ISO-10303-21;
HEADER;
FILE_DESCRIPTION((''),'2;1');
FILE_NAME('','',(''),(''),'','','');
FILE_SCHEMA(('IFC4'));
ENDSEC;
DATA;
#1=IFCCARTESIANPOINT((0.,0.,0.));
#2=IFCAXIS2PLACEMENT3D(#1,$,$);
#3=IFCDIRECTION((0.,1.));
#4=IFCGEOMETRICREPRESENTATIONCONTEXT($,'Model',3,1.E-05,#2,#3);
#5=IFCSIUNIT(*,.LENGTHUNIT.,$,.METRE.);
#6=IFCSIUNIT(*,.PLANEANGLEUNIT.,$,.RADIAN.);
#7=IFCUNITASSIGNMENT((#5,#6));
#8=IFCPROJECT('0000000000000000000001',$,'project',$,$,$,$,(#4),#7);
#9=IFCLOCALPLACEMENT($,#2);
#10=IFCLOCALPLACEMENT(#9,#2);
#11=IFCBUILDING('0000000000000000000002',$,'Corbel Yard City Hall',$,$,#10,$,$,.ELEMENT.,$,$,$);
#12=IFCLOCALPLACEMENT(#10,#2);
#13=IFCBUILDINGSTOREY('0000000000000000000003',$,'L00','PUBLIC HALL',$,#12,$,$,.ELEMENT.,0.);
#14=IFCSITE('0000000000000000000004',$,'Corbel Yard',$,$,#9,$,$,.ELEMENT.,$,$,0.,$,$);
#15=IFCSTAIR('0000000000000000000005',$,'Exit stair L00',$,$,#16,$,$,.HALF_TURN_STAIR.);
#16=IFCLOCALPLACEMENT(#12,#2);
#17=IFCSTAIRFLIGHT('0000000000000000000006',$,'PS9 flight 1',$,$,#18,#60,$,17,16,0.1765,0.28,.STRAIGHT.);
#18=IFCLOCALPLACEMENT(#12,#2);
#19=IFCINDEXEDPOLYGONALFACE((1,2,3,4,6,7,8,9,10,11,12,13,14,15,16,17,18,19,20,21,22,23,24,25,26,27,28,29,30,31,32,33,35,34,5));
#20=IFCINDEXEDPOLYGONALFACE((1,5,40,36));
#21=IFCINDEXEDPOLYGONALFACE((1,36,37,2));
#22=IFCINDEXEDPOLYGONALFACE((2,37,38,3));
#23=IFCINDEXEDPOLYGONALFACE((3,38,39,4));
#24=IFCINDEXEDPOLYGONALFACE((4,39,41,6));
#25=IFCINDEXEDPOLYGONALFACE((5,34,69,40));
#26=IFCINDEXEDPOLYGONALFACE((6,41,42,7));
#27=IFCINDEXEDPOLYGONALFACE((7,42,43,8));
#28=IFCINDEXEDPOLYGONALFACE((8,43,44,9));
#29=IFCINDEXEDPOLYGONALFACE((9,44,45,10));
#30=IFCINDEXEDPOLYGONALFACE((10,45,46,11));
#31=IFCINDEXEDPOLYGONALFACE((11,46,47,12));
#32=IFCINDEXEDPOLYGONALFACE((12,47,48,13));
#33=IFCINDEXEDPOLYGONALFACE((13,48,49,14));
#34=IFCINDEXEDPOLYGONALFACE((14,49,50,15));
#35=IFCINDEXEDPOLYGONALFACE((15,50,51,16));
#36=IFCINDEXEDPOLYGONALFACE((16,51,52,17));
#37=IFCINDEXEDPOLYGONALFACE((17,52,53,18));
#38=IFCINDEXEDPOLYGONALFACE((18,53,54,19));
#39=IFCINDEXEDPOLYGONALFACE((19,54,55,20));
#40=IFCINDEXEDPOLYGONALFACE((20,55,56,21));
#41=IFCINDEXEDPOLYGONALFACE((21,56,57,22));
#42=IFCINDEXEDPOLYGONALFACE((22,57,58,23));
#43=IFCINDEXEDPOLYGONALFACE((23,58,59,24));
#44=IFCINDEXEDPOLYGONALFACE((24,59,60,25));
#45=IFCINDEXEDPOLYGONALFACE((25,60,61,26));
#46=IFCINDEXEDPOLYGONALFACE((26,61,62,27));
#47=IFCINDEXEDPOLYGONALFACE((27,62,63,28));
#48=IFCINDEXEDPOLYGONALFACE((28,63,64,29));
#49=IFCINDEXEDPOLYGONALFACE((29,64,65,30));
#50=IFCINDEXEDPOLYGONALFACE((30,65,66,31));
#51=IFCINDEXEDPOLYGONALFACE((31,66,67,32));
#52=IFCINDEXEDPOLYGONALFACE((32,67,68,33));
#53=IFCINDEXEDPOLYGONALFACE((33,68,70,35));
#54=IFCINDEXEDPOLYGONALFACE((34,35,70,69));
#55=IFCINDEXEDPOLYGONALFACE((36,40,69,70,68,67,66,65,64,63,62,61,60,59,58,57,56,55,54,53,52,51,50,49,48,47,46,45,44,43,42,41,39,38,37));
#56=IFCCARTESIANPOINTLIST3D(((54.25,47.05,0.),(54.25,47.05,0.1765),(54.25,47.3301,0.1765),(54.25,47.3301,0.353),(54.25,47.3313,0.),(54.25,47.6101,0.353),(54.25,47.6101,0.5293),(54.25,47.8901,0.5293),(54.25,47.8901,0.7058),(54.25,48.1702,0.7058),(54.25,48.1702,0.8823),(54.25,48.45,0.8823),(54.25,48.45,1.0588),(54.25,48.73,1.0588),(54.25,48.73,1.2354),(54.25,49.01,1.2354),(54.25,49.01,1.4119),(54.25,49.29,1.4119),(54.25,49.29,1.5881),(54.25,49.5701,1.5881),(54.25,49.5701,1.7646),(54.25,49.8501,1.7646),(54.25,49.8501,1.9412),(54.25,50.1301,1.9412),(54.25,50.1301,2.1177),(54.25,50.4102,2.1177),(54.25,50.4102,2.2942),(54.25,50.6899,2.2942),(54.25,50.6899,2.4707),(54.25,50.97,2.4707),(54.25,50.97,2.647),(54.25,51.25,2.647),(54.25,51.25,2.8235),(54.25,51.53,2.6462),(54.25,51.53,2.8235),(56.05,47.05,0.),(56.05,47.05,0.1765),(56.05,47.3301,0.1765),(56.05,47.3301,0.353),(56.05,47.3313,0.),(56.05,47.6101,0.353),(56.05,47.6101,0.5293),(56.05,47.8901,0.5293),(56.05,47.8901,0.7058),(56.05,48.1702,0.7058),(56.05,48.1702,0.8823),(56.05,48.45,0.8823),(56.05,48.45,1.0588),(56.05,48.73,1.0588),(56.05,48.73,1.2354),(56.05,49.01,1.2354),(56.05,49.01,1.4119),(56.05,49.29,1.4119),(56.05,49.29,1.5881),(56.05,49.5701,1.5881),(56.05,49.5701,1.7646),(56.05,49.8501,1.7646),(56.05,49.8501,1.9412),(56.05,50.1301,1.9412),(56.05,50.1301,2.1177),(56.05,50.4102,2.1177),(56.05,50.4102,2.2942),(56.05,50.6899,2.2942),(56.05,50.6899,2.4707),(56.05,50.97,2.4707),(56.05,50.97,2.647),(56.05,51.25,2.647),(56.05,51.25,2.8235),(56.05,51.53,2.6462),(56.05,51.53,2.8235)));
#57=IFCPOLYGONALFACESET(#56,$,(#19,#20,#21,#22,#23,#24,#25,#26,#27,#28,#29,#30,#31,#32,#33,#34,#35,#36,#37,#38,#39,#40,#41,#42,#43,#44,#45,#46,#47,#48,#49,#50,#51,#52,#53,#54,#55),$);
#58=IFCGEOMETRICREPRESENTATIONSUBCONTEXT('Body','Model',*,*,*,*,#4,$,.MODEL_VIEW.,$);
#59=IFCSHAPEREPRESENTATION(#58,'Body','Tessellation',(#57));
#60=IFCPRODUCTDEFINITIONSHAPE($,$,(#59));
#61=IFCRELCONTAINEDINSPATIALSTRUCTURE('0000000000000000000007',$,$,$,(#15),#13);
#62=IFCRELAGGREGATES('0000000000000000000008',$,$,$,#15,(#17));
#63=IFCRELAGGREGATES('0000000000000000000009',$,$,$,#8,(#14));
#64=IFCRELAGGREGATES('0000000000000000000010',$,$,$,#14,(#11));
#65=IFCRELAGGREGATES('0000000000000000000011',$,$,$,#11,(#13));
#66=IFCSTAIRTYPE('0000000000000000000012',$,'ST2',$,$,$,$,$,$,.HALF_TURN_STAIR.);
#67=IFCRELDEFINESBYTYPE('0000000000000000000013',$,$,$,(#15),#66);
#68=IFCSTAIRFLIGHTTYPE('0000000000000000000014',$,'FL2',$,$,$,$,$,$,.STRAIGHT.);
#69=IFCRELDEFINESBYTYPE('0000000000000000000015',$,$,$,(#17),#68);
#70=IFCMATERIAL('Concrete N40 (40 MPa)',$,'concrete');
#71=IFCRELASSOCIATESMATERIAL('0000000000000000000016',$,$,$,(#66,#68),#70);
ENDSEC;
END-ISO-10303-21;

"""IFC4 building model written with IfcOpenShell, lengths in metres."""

from ifc_helpers import new_model, si_unit, direction, frame, origin, place, context, subcontext, project, spatial, polyline, outline, extrude, material, type_object, element, aggregate, save


model = new_model("IFC4")

# Units and contexts
model_context = context("Model", 3, precision=1e-05, world=origin(), true_north=direction((0.0, 1.0)))
body_context = subcontext(model_context, "Body", "Model", "MODEL_VIEW")
ifc_project = project(units=[si_unit("LENGTHUNIT", "METRE"), si_unit("PLANEANGLEUNIT", "RADIAN")], contexts=[model_context])

# Site, building, storey
site_placement = place(None, origin())
site = spatial("IfcSite", under=ifc_project, at=site_placement, Name="Corbel Yard", CompositionType="ELEMENT", RefElevation=0.0)
building_placement = place(site_placement, origin())
building = spatial("IfcBuilding", under=site, at=building_placement, Name="Corbel Yard City Hall", CompositionType="ELEMENT")
storey_placement = place(building_placement, origin())
storey = spatial("IfcBuildingStorey", under=building, at=storey_placement, Name="L00", Description="PUBLIC HALL", CompositionType="ELEMENT", Elevation=0.0)

# Shared definitions
ifc_material_1 = material(Name="Concrete N40 (40 MPa)", Category="concrete")

# Stair, stair flight
stair_type = type_object("IfcStairType", Name="ST2", PredefinedType="HALF_TURN_STAIR", material=ifc_material_1)
stair_placement = place(storey_placement, origin())
stair = element("IfcStair", 1, at=stair_placement, inside=storey, type_object=stair_type, Name="Exit stair L00", PredefinedType="HALF_TURN_STAIR")
stair_flight_type = type_object("IfcStairFlightType", Name="FL2", PredefinedType="STRAIGHT", material=ifc_material_1)
stair_flight_placement = place(storey_placement, frame((55.1499, 47.05, 0.0), z_axis=(0.0, 0.0, 1.0), x_axis=(0.0, 1.0, 0.0)))
stair_flight = element("IfcStairFlight", 2, at=stair_flight_placement, type_object=stair_flight_type, Name="PS9 flight 1", NumberOfRisers=17, NumberOfTreads=16, PredefinedType="STRAIGHT", RiserHeight=0.1765, TreadLength=0.28, context=body_context, shape_type="SweptSolid", body=[
    extrude(outline(polyline([(0.0, 0.0), (0.0, 0.1765), (0.28, 0.1765), (0.28, 0.353), (0.5601, 0.353), (0.5601, 0.5293), (0.8401, 0.5293), (0.8401, 0.7058), (1.1201, 0.7058), (1.1201, 0.8823), (1.3999, 0.8823), (1.3999, 1.0588), (1.6799, 1.0588), (1.6799, 1.2354), (1.96, 1.2354), (1.96, 1.4119), (2.24, 1.4119), (2.24, 1.5881), (2.52, 1.5881), (2.52, 1.7646), (2.8, 1.7646), (2.8, 1.9412), (3.0801, 1.9412), (3.0801, 2.1177), (3.3601, 2.1177), (3.3601, 2.2942), (3.6399, 2.2942), (3.6399, 2.4707), (3.9199, 2.4707), (3.9199, 2.647), (4.2, 2.647), (4.2, 2.8235), (4.48, 2.8235), (4.48, 3.0), (4.48, 2.6462), (0.2812, 0.0), (0.0, 0.0)])), frame((0.0, 0.8999, 0.0), z_axis=(0.0, -1.0, 0.0), x_axis=(1.0, 0.0, 0.0)), (0.0, 0.0, 1.0), 1.8),
])
aggregate(stair, [stair_flight])

save(model, "model.ifc")
